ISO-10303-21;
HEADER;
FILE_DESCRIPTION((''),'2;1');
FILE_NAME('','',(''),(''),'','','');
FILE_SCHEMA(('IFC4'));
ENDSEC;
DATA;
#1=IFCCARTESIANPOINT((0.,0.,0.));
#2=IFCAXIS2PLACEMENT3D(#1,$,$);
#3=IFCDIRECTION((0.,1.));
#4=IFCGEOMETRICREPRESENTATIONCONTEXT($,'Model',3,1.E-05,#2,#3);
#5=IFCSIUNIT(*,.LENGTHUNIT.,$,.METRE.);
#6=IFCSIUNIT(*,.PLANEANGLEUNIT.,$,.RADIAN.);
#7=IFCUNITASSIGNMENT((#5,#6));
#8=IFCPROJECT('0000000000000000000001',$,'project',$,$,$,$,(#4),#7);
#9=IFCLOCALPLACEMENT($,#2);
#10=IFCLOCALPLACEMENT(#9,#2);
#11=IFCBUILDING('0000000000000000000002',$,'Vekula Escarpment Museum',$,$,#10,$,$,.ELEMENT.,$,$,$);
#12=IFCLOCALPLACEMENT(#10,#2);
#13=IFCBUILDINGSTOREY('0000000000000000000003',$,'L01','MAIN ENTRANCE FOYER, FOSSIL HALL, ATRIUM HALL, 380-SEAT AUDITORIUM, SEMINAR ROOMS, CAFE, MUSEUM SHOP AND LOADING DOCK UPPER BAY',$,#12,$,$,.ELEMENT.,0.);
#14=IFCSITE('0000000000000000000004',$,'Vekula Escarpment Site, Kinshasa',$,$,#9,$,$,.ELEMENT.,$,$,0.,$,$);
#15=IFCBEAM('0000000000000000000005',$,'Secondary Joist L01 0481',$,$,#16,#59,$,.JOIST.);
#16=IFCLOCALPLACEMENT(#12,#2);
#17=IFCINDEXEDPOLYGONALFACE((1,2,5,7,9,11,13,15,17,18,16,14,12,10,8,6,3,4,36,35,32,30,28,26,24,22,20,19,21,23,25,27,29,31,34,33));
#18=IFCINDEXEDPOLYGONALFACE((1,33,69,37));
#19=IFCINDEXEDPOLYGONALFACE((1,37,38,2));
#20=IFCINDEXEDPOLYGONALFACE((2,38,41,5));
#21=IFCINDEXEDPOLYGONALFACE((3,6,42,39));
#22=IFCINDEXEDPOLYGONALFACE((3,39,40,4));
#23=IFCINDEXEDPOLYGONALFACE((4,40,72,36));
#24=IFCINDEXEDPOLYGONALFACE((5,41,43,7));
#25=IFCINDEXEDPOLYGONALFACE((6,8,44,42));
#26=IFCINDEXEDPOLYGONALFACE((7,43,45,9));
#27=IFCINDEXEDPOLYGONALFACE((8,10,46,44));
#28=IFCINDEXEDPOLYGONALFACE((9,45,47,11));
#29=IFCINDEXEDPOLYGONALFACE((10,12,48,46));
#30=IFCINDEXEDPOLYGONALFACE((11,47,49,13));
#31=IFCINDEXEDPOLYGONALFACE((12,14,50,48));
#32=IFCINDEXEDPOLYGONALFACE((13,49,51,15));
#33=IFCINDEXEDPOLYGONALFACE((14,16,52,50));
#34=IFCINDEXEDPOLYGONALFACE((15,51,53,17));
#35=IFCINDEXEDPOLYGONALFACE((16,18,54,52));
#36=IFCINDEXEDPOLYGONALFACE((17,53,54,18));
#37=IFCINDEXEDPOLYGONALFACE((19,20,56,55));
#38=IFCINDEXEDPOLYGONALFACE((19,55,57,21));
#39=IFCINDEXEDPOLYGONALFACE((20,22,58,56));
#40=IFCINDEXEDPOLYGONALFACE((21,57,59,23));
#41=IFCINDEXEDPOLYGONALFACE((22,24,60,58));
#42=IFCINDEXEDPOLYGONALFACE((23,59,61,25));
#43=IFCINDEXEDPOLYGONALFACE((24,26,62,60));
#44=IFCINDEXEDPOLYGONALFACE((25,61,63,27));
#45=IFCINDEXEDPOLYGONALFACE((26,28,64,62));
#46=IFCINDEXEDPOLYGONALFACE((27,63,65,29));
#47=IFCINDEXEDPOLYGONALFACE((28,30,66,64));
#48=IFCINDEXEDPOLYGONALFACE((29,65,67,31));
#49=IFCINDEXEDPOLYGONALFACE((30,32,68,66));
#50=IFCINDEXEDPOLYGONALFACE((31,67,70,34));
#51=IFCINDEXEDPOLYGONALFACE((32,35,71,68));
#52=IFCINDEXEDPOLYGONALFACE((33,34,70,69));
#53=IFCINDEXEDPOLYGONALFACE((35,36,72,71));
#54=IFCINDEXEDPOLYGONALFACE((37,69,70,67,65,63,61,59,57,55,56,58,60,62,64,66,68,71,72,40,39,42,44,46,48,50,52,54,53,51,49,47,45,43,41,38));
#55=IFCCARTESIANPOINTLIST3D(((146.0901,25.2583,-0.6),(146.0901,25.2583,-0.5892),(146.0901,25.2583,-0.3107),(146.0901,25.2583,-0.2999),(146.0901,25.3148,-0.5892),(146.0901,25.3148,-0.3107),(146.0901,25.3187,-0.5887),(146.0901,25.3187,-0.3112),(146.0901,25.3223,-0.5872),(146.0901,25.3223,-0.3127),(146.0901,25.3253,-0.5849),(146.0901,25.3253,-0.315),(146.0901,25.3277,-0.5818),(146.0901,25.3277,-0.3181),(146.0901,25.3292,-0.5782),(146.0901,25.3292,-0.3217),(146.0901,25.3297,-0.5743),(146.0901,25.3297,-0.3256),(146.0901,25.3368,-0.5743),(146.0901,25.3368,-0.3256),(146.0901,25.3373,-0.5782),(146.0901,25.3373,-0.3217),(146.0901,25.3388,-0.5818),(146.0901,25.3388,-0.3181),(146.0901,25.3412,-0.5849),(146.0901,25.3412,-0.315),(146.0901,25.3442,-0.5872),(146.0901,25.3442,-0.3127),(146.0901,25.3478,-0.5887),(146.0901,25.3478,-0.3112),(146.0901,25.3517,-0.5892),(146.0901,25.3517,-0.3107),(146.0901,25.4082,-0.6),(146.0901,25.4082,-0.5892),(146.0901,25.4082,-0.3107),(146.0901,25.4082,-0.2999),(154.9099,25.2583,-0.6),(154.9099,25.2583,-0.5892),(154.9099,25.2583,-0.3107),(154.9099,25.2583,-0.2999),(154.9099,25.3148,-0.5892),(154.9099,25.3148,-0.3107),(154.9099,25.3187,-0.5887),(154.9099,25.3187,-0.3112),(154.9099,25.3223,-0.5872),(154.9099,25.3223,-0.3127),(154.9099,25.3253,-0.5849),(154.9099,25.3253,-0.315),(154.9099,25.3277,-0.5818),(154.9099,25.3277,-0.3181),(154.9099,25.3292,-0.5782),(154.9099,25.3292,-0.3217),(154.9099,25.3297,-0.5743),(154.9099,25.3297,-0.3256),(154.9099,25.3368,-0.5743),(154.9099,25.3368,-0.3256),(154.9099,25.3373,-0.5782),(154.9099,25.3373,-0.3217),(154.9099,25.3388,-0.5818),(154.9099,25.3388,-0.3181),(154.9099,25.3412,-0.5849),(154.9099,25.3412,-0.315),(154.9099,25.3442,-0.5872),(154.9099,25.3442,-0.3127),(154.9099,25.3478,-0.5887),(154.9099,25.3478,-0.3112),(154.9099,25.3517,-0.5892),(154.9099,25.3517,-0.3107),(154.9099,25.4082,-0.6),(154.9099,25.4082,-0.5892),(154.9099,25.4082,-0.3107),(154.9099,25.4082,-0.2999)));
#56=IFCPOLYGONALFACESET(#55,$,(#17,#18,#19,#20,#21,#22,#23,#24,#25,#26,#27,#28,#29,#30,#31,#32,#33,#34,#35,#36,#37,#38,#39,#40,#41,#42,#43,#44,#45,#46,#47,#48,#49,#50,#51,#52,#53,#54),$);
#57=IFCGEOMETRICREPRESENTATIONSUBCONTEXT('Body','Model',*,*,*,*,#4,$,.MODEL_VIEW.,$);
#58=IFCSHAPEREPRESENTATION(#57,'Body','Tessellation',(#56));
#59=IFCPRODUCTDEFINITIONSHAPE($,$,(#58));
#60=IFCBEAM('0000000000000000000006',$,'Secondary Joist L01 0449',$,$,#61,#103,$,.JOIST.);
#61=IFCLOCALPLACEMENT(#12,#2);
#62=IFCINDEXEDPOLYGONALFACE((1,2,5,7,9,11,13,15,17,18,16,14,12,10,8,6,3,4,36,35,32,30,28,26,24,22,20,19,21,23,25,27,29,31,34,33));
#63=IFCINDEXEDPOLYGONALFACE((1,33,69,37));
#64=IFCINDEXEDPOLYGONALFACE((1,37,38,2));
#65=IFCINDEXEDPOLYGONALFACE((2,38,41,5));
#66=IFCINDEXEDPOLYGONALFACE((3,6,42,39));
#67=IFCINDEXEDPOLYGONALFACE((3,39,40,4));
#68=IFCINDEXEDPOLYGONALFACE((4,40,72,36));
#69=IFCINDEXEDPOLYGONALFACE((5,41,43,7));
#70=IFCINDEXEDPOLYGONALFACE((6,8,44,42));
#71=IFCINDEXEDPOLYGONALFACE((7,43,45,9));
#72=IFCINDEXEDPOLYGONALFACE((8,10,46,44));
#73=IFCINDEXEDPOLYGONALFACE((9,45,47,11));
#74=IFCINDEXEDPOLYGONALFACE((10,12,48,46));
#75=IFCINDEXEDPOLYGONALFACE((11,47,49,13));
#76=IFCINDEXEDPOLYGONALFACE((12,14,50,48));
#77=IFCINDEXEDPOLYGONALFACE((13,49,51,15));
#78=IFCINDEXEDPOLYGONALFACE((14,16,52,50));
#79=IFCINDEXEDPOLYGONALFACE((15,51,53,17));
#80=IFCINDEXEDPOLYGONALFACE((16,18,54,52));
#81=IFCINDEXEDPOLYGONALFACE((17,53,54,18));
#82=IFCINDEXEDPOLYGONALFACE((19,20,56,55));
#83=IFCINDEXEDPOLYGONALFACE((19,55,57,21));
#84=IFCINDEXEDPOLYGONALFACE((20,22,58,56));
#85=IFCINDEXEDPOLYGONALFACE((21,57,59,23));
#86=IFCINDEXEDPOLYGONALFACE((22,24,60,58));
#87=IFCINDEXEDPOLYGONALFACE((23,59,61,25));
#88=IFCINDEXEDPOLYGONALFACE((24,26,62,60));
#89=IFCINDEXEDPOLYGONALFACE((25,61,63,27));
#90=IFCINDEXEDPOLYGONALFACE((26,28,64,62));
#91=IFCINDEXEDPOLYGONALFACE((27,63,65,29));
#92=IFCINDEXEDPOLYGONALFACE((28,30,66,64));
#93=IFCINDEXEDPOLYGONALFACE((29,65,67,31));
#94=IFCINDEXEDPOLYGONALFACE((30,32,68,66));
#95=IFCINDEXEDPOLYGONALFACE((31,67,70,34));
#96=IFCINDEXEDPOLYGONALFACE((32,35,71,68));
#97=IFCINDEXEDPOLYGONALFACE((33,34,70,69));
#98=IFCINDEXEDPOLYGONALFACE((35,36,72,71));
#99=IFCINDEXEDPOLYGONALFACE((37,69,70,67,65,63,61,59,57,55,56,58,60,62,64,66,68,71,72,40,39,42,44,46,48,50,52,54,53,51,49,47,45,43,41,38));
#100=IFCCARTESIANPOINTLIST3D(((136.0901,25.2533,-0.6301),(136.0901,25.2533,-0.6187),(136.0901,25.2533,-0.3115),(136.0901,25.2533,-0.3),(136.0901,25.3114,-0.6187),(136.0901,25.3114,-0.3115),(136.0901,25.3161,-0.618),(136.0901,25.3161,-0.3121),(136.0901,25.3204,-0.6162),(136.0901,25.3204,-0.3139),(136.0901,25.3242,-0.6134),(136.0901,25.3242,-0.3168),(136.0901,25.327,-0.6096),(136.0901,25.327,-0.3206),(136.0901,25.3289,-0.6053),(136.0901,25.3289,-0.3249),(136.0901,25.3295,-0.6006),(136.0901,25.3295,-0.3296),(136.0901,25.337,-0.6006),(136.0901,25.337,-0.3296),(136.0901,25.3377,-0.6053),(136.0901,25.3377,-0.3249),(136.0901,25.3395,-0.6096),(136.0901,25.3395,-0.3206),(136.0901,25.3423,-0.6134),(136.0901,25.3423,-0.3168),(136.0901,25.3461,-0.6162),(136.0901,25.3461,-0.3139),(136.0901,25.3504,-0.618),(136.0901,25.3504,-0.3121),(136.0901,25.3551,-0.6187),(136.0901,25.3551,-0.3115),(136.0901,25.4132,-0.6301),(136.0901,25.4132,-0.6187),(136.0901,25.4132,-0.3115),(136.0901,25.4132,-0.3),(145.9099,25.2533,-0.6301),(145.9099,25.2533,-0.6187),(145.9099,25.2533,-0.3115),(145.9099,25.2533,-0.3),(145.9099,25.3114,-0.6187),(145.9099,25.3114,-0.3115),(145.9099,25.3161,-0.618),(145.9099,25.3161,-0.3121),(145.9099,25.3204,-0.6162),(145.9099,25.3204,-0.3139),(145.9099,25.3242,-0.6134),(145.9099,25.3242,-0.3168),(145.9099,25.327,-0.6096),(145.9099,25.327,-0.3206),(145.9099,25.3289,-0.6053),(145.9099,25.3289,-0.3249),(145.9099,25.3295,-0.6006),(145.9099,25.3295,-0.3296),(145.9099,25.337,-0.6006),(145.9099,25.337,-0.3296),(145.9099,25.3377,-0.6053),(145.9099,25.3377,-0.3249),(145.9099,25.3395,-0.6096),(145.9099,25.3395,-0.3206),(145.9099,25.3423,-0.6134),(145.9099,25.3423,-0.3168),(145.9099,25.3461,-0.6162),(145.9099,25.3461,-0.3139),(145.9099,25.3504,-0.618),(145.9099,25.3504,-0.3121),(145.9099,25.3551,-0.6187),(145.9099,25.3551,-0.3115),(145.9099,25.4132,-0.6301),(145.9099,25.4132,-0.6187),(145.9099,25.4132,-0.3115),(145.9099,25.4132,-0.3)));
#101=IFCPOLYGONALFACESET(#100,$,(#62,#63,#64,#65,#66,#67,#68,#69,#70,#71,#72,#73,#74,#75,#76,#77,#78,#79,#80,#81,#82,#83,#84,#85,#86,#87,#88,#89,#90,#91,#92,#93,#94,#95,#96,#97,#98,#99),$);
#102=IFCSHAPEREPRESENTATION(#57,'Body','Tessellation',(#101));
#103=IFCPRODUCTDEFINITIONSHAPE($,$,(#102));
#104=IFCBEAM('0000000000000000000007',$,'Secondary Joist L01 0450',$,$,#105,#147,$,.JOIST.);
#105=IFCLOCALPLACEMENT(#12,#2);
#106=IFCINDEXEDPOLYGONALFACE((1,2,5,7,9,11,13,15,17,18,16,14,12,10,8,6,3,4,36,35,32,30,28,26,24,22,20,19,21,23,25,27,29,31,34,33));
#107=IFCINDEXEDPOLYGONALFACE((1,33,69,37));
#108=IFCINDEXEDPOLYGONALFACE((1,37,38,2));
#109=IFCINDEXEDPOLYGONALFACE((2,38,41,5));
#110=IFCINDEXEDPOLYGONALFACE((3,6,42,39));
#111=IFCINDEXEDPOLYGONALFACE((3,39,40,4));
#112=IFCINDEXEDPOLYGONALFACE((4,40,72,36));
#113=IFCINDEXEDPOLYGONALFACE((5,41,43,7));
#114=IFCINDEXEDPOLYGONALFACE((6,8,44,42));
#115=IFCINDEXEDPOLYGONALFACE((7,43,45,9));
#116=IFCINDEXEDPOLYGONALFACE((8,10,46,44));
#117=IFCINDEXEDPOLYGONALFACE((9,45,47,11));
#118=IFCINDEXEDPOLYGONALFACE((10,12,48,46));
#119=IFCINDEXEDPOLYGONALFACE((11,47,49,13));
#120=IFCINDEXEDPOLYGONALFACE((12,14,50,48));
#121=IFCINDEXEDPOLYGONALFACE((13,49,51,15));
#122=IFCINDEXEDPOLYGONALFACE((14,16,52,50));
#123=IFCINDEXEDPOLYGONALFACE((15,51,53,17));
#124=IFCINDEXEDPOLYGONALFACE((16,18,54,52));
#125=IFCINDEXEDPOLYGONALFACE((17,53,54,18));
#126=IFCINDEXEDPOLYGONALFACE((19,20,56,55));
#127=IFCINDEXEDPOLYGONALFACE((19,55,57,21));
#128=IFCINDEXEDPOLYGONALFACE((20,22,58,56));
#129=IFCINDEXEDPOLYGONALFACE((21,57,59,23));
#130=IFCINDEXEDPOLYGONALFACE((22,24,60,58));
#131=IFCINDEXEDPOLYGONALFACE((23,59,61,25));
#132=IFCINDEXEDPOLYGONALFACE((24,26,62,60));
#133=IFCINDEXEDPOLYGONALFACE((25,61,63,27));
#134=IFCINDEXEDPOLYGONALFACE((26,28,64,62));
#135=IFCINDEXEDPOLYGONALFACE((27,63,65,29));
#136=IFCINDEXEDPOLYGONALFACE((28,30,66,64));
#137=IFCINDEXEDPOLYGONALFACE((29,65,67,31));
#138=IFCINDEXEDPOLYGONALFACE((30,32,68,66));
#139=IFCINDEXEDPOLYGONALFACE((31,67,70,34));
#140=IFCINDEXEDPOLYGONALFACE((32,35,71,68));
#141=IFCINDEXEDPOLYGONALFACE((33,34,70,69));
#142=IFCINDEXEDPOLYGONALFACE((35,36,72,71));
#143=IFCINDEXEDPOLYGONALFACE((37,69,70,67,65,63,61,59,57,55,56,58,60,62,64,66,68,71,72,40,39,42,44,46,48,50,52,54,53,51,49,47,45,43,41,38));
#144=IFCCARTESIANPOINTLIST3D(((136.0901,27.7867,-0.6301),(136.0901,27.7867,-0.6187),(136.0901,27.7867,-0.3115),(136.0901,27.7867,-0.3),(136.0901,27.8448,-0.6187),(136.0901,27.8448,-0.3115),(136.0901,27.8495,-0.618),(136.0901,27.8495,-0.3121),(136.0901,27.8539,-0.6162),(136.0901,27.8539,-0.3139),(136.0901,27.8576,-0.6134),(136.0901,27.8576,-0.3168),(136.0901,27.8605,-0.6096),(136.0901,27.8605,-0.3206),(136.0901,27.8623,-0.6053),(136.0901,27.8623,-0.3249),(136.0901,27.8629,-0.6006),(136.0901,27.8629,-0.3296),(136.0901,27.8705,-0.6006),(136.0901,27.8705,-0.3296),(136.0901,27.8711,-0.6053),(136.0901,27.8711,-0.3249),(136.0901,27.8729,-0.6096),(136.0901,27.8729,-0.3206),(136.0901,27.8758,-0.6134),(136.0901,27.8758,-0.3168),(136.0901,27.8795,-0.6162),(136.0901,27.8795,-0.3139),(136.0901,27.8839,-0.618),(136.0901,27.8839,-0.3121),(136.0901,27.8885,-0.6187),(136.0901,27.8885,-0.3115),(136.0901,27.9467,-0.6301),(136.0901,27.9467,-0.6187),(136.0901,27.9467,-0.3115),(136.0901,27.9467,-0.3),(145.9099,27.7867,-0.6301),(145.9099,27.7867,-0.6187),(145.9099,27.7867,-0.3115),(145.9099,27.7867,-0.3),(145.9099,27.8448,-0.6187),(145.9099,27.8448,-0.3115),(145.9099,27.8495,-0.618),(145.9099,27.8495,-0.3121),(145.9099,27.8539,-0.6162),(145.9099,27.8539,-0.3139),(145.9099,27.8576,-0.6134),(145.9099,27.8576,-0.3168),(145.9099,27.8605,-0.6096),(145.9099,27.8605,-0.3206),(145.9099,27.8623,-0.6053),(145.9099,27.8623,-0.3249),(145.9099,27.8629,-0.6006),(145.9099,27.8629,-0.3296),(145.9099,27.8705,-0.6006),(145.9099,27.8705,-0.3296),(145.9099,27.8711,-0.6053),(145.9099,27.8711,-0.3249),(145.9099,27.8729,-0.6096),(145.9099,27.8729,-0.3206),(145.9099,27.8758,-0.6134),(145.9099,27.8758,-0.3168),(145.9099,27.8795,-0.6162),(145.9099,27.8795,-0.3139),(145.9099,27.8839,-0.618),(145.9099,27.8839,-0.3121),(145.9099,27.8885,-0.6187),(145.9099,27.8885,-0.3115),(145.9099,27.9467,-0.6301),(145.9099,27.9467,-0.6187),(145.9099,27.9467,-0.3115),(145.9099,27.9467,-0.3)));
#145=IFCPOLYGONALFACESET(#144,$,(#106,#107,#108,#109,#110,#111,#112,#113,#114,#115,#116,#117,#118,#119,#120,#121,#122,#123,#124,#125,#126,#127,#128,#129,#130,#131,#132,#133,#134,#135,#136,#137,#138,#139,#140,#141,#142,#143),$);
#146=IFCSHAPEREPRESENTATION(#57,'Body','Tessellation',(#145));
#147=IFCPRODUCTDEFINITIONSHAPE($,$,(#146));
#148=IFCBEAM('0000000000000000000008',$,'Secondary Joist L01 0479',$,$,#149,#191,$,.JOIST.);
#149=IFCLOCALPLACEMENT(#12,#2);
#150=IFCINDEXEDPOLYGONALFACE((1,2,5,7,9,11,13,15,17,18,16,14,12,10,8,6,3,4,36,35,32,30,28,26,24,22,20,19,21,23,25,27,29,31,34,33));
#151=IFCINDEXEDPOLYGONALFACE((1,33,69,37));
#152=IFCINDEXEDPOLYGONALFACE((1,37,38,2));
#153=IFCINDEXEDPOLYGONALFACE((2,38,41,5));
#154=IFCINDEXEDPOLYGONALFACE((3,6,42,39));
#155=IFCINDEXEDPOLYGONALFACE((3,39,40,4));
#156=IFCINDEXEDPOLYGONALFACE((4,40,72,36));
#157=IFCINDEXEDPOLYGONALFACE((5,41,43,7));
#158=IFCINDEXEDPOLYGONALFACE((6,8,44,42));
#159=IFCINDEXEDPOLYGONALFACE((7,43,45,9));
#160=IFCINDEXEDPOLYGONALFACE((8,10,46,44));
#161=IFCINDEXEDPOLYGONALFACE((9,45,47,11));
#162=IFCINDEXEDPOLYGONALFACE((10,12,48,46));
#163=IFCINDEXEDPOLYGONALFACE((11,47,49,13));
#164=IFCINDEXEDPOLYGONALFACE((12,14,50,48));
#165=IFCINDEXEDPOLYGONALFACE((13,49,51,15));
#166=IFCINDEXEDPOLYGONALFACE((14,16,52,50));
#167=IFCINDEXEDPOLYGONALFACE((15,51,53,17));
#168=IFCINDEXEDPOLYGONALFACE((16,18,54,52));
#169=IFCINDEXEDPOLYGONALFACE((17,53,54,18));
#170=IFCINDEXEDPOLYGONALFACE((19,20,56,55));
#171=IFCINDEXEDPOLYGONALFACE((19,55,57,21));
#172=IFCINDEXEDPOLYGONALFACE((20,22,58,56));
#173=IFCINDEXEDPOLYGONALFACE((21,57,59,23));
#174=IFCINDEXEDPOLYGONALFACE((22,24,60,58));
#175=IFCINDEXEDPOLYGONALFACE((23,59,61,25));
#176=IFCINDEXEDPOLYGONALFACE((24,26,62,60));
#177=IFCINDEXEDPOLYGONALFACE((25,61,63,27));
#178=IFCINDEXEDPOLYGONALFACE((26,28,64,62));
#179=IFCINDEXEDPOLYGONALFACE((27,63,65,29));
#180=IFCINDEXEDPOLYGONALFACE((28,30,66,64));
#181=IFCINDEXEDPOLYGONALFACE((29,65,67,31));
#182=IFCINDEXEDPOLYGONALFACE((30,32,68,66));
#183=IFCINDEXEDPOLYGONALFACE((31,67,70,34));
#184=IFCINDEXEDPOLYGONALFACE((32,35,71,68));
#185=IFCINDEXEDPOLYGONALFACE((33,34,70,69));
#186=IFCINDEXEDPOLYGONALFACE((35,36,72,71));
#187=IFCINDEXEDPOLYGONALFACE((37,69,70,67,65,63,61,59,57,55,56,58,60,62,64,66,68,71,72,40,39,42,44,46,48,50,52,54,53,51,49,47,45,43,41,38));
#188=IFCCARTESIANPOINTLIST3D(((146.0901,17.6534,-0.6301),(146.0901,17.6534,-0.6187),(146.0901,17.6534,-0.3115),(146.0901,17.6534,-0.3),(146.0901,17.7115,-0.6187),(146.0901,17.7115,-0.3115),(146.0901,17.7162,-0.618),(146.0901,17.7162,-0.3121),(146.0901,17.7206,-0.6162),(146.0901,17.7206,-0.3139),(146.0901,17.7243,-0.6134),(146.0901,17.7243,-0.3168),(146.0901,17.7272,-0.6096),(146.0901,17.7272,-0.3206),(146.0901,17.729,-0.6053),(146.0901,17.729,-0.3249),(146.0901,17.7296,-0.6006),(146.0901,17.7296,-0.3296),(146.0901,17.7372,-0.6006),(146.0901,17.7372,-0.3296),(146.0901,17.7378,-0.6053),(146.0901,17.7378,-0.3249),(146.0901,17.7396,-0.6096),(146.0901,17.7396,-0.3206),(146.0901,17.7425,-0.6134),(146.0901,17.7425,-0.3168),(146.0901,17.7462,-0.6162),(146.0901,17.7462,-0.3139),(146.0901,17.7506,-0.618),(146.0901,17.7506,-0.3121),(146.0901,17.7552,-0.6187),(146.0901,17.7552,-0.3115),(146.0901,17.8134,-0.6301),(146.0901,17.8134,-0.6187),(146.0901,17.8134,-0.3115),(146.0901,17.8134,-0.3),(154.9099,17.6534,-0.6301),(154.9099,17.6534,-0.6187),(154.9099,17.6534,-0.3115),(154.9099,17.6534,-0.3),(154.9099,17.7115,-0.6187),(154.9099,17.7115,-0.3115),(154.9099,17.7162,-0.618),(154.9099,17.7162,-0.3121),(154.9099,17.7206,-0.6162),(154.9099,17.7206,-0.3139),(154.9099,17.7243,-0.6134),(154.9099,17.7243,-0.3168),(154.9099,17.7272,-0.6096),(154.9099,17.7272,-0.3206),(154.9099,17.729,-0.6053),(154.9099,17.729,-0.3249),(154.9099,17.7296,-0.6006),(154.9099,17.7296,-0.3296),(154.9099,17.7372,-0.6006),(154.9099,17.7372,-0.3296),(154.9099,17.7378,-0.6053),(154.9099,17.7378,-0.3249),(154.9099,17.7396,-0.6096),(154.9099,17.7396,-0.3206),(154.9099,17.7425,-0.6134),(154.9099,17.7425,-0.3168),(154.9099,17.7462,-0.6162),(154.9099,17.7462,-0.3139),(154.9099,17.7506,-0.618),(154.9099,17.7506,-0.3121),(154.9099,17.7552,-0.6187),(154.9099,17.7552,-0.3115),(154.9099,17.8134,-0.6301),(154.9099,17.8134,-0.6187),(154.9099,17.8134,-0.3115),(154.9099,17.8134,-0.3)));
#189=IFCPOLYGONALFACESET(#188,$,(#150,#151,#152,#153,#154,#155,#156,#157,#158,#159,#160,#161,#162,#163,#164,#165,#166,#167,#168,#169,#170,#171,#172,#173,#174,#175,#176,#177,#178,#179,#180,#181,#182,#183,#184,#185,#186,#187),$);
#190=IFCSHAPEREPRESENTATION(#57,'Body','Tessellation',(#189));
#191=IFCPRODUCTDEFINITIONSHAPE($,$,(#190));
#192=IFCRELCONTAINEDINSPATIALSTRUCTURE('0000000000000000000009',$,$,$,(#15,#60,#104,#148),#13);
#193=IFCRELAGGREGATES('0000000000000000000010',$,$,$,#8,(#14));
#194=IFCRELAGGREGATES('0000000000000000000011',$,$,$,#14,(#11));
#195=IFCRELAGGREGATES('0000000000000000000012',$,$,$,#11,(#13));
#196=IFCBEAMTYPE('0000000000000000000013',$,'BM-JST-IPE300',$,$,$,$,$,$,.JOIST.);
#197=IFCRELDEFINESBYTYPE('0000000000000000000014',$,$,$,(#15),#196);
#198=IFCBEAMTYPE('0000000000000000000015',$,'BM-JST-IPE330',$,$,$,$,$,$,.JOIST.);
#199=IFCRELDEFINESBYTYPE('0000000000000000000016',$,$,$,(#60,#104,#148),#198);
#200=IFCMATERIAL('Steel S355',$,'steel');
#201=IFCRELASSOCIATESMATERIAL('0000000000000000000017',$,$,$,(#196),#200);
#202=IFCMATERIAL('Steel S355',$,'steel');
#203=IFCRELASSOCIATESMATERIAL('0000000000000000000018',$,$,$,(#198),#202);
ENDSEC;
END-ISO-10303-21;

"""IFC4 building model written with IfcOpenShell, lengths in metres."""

from ifc_helpers import new_model, si_unit, direction, frame, origin, origin_2d, place, context, subcontext, project, spatial, i_section, extrude, material, material_profile, profile_set, type_object, element, save


model = new_model("IFC4")

# Units and contexts
model_context = context("Model", 3, precision=1e-05, world=origin(), true_north=direction((0.0, 1.0)))
body_context = subcontext(model_context, "Body", "Model", "MODEL_VIEW")
ifc_project = project(units=[si_unit("LENGTHUNIT", "METRE"), si_unit("PLANEANGLEUNIT", "RADIAN")], contexts=[model_context])

# Site, building, storey
site_placement = place(None, origin())
site = spatial("IfcSite", under=ifc_project, at=site_placement, Name="Vekula Escarpment Site, Kinshasa", CompositionType="ELEMENT", RefElevation=0.0)
building_placement = place(site_placement, origin())
building = spatial("IfcBuilding", under=site, at=building_placement, Name="Vekula Escarpment Museum", CompositionType="ELEMENT")
storey_placement = place(building_placement, origin())
storey = spatial("IfcBuildingStorey", under=building, at=storey_placement, Name="L01", Description="MAIN ENTRANCE FOYER, FOSSIL HALL, ATRIUM HALL, 380-SEAT AUDITORIUM, SEMINAR ROOMS, CAFE, MUSEUM SHOP AND LOADING DOCK UPPER BAY", CompositionType="ELEMENT", Elevation=0.0)

# Beams
ifc_material_1 = material(Name="Steel S355", Category="steel")
ifc_material_profile_1 = material_profile(ifc_material_1, i_section(OverallWidth=0.1499, OverallDepth=0.3, WebThickness=0.0071, FlangeThickness=0.0107, FilletRadius=0.0149, at=origin_2d()), Name="IPE 300")
ifc_profile_set_1 = profile_set([ifc_material_profile_1], Name="Steel S355")
beam_type_1 = type_object("IfcBeamType", Name="BM-JST-IPE300", PredefinedType="JOIST", material=ifc_profile_set_1)
beam_1_placement = place(storey_placement, frame((146.0901, 25.3333, -0.45), z_axis=(1.0, 0.0, 0.0), x_axis=(0.0, 1.0, 0.0)))
element("IfcBeam", 1, at=beam_1_placement, inside=storey, type_object=beam_type_1, Name="Secondary Joist L01 0481", PredefinedType="JOIST", context=body_context, shape_type="SweptSolid", body=[
    extrude(i_section(OverallWidth=0.1499, OverallDepth=0.3, WebThickness=0.0071, FlangeThickness=0.0107, FilletRadius=0.0149, at=origin_2d()), origin(), (0.0, 0.0, 1.0), 8.8198),
])
ifc_material_2 = material(Name="Steel S355", Category="steel")
ifc_material_profile_2 = material_profile(ifc_material_2, i_section(OverallWidth=0.1599, OverallDepth=0.3301, WebThickness=0.0076, FlangeThickness=0.0115, FilletRadius=0.0181, at=origin_2d()), Name="IPE 330")
ifc_profile_set_2 = profile_set([ifc_material_profile_2], Name="Steel S355")
beam_type_2 = type_object("IfcBeamType", Name="BM-JST-IPE330", PredefinedType="JOIST", material=ifc_profile_set_2)
for number, where, z_axis, x_axis, name in (
    (2, (136.0901, 25.3333, -0.4651), (1.0, 0.0, 0.0), (0.0, 1.0, 0.0), "Secondary Joist L01 0449"),
    (3, (136.0901, 27.8667, -0.4651), (1.0, 0.0, 0.0), (0.0, 1.0, 0.0), "Secondary Joist L01 0450"),
):
    element("IfcBeam", number, at=place(storey_placement, frame(where, z_axis=z_axis, x_axis=x_axis)), inside=storey, type_object=beam_type_2, Name=name, PredefinedType="JOIST", context=body_context, shape_type="SweptSolid", body=[
        extrude(i_section(OverallWidth=0.1599, OverallDepth=0.3301, WebThickness=0.0076, FlangeThickness=0.0115, FilletRadius=0.0181, at=origin_2d()), origin(), (0.0, 0.0, 1.0), 9.8198),
    ])
for number, where, z_axis, x_axis, name in (
    (4, (146.0901, 17.7334, -0.4651), (1.0, 0.0, 0.0), (0.0, 1.0, 0.0), "Secondary Joist L01 0479"),
):
    element("IfcBeam", number, at=place(storey_placement, frame(where, z_axis=z_axis, x_axis=x_axis)), inside=storey, type_object=beam_type_2, Name=name, PredefinedType="JOIST", context=body_context, shape_type="SweptSolid", body=[
        extrude(i_section(OverallWidth=0.1599, OverallDepth=0.3301, WebThickness=0.0076, FlangeThickness=0.0115, FilletRadius=0.0181, at=origin_2d()), origin(), (0.0, 0.0, 1.0), 8.8198),
    ])

save(model, "model.ifc")
